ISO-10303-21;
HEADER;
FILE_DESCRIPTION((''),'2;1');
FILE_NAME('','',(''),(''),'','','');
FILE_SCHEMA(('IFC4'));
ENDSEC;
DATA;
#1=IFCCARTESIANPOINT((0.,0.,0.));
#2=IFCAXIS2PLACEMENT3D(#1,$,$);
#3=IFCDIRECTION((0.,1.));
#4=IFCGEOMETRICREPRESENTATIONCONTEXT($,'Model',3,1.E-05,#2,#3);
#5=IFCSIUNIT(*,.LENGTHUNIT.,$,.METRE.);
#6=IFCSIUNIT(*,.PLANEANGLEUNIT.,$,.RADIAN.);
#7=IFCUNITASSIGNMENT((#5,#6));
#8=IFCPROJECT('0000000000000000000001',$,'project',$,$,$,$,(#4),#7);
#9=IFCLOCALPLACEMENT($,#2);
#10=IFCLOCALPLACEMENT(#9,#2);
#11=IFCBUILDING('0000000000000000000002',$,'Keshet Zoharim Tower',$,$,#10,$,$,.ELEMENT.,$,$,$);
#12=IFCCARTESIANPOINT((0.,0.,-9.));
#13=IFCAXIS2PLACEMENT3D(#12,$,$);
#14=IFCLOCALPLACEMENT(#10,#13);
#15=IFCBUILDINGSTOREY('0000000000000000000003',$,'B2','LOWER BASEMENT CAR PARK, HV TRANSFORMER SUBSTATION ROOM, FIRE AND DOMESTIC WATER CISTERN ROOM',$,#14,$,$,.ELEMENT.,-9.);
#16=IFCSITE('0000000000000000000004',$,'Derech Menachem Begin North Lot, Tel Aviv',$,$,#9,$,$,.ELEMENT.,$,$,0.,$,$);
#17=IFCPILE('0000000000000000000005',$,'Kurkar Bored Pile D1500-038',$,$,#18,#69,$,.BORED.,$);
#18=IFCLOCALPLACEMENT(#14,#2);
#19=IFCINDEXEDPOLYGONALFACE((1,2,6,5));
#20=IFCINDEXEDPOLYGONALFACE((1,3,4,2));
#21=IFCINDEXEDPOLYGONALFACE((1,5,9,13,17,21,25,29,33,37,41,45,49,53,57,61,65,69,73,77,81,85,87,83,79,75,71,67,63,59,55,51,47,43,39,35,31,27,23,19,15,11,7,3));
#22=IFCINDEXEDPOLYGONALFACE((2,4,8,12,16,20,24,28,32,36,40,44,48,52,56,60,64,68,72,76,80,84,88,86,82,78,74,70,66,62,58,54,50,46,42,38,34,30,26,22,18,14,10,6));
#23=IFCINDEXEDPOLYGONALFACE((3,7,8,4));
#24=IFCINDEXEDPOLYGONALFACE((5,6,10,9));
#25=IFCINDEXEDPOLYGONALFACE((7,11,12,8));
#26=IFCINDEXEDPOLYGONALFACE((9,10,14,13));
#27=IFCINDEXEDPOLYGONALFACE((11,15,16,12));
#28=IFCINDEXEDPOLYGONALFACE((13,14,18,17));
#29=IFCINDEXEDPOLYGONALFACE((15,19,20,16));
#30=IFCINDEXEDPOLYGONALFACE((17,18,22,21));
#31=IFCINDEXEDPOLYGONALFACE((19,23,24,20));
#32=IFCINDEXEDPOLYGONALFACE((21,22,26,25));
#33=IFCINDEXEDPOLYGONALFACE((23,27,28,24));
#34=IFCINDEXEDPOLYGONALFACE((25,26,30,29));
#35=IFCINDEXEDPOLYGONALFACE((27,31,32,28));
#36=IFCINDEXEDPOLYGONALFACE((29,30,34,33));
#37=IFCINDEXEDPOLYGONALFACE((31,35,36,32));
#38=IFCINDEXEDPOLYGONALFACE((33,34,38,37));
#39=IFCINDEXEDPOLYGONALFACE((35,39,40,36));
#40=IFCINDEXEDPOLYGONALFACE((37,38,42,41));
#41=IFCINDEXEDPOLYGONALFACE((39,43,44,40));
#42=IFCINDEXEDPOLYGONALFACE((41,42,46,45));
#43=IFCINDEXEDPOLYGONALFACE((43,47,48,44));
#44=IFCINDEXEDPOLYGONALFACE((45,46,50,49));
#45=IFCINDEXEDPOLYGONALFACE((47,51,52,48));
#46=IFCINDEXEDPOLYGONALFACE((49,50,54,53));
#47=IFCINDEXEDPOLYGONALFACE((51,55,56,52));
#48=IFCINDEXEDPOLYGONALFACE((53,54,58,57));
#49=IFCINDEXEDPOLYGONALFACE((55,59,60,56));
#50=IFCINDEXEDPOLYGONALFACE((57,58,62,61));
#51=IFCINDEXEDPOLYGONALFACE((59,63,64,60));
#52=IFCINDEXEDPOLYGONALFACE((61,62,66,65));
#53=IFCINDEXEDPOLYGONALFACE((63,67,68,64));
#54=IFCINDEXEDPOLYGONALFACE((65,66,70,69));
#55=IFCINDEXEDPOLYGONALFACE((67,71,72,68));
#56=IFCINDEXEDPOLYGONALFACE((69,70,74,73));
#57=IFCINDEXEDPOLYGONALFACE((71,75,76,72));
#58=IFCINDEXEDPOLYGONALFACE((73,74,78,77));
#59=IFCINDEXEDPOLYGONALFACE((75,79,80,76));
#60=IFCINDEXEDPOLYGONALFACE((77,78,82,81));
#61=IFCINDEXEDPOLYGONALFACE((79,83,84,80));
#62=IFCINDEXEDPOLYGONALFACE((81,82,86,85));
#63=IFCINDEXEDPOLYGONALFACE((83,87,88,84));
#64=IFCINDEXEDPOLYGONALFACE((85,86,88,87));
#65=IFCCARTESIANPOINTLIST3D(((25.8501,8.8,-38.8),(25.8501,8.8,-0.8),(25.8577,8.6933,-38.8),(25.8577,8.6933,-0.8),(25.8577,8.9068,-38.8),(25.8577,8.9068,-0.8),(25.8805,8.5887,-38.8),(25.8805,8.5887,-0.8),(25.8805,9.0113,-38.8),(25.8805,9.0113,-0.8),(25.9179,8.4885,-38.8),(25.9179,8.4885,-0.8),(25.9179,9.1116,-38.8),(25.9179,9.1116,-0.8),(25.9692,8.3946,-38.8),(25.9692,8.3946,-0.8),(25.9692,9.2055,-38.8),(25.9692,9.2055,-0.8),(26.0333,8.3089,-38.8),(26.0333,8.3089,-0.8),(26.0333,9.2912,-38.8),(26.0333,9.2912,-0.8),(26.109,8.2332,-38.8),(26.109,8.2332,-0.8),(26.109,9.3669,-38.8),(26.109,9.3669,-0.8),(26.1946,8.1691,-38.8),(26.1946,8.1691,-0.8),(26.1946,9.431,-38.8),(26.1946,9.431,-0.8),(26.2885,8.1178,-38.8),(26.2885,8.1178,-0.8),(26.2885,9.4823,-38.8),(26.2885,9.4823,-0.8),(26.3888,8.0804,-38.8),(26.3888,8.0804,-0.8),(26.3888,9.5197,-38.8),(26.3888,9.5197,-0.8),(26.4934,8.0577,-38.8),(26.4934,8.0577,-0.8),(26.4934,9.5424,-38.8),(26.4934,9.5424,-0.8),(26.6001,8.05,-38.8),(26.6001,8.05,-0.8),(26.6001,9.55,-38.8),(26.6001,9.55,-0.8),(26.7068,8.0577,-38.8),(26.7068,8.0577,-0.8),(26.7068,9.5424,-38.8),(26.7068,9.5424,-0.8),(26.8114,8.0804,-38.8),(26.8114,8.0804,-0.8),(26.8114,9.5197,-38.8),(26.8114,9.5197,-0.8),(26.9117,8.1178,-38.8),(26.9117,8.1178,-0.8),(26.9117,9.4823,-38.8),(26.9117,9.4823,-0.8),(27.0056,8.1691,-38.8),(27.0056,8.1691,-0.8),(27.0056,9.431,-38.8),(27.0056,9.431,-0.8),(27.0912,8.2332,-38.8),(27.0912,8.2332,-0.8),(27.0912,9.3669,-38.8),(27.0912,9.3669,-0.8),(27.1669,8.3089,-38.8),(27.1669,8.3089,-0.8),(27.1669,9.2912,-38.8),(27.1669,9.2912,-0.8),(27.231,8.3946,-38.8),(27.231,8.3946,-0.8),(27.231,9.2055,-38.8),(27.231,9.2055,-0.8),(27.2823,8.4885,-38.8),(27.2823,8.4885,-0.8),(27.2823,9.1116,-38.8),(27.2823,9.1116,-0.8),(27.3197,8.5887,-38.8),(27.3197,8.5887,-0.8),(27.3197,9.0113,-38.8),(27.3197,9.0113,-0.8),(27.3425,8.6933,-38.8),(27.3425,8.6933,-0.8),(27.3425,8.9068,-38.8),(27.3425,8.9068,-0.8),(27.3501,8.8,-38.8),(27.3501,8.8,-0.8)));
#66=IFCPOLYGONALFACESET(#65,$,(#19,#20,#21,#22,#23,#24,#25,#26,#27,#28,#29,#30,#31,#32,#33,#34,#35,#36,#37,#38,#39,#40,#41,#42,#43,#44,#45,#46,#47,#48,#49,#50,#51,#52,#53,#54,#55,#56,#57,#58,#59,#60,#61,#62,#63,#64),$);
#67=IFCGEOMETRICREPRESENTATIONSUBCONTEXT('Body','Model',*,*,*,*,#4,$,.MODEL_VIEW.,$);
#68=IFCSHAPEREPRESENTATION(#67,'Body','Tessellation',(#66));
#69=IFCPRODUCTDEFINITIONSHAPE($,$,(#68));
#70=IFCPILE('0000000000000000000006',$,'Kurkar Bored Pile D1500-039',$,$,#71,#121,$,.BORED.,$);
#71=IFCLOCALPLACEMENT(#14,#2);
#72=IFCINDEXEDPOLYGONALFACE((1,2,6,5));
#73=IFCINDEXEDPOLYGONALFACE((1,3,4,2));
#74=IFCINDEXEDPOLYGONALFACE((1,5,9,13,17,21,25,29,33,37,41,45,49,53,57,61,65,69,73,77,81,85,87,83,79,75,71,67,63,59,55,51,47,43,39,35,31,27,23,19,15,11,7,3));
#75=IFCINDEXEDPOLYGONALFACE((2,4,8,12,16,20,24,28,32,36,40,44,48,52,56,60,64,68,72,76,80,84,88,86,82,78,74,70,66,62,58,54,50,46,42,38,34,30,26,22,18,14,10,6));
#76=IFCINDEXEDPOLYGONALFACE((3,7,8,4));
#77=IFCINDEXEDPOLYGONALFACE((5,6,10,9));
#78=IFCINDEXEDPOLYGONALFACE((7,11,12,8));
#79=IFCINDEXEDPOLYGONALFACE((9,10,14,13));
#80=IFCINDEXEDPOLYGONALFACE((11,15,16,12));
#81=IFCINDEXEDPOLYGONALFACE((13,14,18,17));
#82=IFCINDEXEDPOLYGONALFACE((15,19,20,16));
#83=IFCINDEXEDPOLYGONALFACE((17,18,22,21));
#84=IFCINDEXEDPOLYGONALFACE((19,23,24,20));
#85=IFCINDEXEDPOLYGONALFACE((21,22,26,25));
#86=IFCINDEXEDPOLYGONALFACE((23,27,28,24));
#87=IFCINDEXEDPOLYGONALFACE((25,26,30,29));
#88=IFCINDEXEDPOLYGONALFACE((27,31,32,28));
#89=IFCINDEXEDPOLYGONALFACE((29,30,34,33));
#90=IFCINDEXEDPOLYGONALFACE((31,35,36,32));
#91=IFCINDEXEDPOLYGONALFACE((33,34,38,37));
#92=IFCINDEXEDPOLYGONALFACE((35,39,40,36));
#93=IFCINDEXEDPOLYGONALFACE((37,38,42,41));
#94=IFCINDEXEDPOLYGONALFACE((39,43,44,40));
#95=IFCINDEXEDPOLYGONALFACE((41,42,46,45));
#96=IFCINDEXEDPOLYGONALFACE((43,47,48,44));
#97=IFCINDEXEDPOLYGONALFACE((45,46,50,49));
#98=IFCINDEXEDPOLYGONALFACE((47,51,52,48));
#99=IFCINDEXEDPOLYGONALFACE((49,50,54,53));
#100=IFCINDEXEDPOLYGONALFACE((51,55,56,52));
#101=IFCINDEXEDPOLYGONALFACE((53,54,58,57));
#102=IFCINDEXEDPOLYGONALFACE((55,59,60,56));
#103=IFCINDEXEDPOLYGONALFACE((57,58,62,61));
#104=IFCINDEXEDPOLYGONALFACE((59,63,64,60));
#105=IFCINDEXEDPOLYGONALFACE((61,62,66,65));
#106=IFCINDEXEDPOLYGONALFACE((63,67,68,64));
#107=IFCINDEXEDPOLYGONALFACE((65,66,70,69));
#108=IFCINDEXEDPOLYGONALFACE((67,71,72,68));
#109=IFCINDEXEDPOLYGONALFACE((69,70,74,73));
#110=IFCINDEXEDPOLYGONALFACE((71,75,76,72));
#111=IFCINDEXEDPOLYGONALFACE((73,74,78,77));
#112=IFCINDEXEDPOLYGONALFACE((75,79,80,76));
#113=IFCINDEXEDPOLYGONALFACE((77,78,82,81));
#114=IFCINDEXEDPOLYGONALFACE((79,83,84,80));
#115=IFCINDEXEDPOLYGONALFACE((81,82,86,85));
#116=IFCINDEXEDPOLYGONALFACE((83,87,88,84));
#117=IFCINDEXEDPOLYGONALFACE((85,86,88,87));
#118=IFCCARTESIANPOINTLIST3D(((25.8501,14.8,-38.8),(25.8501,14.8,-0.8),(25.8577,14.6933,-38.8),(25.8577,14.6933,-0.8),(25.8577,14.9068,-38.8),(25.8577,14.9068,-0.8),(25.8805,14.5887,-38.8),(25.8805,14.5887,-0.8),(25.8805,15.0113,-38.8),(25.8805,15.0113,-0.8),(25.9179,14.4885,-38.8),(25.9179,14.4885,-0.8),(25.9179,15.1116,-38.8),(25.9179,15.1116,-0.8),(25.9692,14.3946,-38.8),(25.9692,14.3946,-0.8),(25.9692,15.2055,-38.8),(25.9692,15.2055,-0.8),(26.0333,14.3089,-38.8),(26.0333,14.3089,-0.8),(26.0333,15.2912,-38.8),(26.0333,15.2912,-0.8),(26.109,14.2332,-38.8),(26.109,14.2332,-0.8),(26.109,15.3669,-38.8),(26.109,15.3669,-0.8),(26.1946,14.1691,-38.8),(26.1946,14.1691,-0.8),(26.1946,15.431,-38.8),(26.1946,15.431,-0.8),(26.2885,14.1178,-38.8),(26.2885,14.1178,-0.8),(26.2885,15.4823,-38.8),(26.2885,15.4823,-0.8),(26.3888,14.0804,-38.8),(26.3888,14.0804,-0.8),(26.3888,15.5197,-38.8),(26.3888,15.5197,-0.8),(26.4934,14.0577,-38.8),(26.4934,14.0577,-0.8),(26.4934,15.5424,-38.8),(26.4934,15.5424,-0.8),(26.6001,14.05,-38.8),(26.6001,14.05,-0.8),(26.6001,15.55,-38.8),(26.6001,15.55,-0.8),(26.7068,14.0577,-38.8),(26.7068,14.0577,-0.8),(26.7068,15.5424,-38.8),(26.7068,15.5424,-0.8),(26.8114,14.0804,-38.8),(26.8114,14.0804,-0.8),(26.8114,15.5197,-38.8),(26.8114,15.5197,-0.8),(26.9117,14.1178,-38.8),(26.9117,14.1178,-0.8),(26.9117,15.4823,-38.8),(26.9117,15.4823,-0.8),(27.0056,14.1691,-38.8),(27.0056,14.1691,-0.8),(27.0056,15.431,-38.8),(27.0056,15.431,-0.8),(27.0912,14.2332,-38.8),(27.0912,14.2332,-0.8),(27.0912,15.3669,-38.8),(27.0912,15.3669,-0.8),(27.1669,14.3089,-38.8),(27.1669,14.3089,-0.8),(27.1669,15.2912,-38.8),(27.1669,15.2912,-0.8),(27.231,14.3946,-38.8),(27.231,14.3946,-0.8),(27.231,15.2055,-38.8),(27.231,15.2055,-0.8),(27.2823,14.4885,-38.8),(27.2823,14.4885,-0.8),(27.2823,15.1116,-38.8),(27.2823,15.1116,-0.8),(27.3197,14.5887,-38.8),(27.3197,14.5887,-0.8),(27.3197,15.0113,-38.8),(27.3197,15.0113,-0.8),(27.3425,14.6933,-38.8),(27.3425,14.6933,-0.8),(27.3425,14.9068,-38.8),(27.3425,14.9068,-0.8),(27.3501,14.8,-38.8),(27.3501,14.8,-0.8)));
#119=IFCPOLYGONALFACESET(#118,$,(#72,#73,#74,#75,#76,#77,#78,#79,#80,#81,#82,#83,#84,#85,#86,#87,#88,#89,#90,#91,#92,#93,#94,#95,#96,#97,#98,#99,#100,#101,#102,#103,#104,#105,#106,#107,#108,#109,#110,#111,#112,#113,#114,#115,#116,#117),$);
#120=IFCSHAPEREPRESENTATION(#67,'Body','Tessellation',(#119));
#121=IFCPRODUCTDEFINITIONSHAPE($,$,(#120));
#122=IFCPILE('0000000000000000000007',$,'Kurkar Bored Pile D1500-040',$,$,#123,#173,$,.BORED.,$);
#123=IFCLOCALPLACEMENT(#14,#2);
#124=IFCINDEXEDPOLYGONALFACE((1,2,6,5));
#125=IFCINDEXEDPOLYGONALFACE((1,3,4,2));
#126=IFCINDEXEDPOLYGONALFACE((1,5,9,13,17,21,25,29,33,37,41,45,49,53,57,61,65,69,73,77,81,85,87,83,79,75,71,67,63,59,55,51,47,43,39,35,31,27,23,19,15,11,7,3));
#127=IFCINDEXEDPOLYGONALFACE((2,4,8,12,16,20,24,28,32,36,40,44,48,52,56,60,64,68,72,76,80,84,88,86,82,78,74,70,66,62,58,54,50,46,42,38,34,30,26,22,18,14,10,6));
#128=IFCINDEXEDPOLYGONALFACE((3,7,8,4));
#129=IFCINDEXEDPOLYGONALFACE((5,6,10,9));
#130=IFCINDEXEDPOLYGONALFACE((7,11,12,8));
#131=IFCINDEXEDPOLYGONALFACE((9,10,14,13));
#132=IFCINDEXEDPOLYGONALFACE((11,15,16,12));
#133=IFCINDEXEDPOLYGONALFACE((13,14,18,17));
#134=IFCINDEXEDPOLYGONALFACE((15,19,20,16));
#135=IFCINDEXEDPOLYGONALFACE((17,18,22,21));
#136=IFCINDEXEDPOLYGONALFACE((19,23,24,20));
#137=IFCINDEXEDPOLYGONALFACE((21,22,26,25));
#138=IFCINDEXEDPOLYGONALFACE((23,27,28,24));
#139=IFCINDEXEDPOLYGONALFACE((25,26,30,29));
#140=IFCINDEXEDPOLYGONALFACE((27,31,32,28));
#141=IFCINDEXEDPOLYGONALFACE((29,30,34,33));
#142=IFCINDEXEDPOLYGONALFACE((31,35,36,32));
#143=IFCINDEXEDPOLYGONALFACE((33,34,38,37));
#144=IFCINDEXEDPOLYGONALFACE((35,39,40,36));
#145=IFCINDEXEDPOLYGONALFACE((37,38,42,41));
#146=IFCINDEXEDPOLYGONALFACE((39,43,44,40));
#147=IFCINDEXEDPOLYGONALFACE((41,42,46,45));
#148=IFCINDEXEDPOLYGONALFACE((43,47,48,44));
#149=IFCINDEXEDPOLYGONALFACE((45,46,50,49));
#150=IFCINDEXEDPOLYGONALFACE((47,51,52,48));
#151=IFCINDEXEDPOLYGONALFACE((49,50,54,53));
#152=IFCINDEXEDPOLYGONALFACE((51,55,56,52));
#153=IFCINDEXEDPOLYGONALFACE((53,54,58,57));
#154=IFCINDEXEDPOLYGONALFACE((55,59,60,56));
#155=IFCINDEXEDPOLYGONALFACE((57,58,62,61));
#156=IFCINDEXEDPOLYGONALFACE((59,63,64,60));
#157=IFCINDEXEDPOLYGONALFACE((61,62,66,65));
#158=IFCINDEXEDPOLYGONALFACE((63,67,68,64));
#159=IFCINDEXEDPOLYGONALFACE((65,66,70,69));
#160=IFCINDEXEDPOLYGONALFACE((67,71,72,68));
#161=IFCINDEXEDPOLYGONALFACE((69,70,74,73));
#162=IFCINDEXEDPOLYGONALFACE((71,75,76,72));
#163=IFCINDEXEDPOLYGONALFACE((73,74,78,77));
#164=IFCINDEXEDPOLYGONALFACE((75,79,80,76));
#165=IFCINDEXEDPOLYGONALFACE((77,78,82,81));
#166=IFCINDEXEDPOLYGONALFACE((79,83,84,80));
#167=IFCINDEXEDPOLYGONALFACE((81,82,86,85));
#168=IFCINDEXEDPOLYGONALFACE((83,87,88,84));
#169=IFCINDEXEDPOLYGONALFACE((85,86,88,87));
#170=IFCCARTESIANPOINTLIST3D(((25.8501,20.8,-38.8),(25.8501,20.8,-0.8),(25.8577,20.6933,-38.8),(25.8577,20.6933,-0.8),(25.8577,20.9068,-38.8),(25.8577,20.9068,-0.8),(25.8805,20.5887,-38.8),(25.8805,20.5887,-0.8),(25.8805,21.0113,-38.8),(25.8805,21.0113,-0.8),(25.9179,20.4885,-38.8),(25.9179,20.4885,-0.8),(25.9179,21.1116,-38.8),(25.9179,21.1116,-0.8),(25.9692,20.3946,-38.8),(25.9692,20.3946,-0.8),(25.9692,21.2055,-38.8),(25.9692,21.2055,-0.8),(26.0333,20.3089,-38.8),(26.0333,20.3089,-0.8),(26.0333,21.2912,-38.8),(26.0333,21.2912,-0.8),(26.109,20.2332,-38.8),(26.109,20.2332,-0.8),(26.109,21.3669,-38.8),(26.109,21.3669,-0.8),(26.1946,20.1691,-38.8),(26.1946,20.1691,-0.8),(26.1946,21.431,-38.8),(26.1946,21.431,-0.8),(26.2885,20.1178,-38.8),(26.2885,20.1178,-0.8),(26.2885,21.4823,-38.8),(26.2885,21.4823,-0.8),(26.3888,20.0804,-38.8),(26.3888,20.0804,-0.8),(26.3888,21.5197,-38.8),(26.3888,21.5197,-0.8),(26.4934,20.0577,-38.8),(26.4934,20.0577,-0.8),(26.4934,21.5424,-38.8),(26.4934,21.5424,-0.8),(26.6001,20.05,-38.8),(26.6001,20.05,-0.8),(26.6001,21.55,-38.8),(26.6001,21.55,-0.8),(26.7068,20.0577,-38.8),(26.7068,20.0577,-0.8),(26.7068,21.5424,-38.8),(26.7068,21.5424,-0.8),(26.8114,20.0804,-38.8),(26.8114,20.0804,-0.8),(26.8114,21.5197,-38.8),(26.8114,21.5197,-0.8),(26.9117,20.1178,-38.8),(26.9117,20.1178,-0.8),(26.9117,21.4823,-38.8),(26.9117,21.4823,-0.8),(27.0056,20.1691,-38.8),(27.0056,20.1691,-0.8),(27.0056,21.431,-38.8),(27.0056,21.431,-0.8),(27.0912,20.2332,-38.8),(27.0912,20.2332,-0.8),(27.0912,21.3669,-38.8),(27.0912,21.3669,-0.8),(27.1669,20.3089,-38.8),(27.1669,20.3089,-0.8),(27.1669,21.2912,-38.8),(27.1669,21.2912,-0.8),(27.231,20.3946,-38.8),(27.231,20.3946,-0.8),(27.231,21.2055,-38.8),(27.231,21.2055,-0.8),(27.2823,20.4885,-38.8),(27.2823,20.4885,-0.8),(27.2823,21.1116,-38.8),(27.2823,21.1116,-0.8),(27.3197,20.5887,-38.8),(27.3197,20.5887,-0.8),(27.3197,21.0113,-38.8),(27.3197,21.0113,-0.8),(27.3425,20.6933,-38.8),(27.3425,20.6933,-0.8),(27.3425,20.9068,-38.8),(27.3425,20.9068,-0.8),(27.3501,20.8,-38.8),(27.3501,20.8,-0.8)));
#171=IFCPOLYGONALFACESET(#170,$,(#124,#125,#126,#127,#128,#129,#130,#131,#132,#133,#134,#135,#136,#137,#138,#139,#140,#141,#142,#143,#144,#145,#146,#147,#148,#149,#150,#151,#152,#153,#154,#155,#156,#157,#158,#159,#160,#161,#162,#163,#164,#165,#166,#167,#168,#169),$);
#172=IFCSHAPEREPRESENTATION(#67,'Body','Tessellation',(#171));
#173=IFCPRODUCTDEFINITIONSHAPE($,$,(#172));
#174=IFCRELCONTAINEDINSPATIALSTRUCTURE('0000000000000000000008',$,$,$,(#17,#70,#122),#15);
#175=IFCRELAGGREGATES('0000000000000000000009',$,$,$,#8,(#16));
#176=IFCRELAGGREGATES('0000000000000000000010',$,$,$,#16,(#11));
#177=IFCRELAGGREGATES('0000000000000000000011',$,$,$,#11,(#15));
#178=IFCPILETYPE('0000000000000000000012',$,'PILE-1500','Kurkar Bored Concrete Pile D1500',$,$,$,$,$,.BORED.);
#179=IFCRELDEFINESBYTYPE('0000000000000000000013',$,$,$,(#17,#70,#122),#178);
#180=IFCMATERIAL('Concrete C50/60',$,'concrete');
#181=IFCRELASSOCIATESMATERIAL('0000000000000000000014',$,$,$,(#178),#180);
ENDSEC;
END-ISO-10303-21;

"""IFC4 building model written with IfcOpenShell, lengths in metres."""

from ifc_helpers import new_model, si_unit, direction, frame, origin, origin_2d, place, context, subcontext, project, spatial, circle, extrude, material, material_profile, profile_set, type_object, element, save


model = new_model("IFC4")

# Units and contexts
model_context = context("Model", 3, precision=1e-05, world=origin(), true_north=direction((0.0, 1.0)))
body_context = subcontext(model_context, "Body", "Model", "MODEL_VIEW")
ifc_project = project(units=[si_unit("LENGTHUNIT", "METRE"), si_unit("PLANEANGLEUNIT", "RADIAN")], contexts=[model_context])

# Site, building, storey
site_placement = place(None, origin())
site = spatial("IfcSite", under=ifc_project, at=site_placement, Name="Derech Menachem Begin North Lot, Tel Aviv", CompositionType="ELEMENT", RefElevation=0.0)
building_placement = place(site_placement, origin())
building = spatial("IfcBuilding", under=site, at=building_placement, Name="Keshet Zoharim Tower", CompositionType="ELEMENT")
storey_placement = place(building_placement, frame((0.0, 0.0, -9.0)))
storey = spatial("IfcBuildingStorey", under=building, at=storey_placement, Name="B2", Description="LOWER BASEMENT CAR PARK, HV TRANSFORMER SUBSTATION ROOM, FIRE AND DOMESTIC WATER CISTERN ROOM", CompositionType="ELEMENT", Elevation=-9.0)

# Piles
ifc_material_1 = material(Name="Concrete C50/60", Category="concrete")
ifc_material_profile_1 = material_profile(ifc_material_1, circle(Radius=0.75, at=origin_2d()), Name="PILE-D1500")
ifc_profile_set_1 = profile_set([ifc_material_profile_1], Name="Concrete C50/60")
pile_type_1 = type_object("IfcPileType", Name="PILE-1500", Description="Kurkar Bored Concrete Pile D1500", PredefinedType="BORED", material=ifc_profile_set_1)
for number, where, z_axis, x_axis, name in (
    (1, (26.6001, 8.8, -0.8), (0.0, 0.0, -1.0), (1.0, 0.0, 0.0), "Kurkar Bored Pile D1500-038"),
    (2, (26.6001, 14.8, -0.8), (0.0, 0.0, -1.0), (1.0, 0.0, 0.0), "Kurkar Bored Pile D1500-039"),
    (3, (26.6001, 20.8, -0.8), (0.0, 0.0, -1.0), (1.0, 0.0, 0.0), "Kurkar Bored Pile D1500-040"),
):
    element("IfcPile", number, at=place(storey_placement, frame(where, z_axis=z_axis, x_axis=x_axis)), inside=storey, type_object=pile_type_1, Name=name, PredefinedType="BORED", context=body_context, shape_type="SweptSolid", body=[
        extrude(circle(Radius=0.75, at=origin_2d()), origin(), (0.0, 0.0, 1.0), 38.0),
    ])

save(model, "model.ifc")
